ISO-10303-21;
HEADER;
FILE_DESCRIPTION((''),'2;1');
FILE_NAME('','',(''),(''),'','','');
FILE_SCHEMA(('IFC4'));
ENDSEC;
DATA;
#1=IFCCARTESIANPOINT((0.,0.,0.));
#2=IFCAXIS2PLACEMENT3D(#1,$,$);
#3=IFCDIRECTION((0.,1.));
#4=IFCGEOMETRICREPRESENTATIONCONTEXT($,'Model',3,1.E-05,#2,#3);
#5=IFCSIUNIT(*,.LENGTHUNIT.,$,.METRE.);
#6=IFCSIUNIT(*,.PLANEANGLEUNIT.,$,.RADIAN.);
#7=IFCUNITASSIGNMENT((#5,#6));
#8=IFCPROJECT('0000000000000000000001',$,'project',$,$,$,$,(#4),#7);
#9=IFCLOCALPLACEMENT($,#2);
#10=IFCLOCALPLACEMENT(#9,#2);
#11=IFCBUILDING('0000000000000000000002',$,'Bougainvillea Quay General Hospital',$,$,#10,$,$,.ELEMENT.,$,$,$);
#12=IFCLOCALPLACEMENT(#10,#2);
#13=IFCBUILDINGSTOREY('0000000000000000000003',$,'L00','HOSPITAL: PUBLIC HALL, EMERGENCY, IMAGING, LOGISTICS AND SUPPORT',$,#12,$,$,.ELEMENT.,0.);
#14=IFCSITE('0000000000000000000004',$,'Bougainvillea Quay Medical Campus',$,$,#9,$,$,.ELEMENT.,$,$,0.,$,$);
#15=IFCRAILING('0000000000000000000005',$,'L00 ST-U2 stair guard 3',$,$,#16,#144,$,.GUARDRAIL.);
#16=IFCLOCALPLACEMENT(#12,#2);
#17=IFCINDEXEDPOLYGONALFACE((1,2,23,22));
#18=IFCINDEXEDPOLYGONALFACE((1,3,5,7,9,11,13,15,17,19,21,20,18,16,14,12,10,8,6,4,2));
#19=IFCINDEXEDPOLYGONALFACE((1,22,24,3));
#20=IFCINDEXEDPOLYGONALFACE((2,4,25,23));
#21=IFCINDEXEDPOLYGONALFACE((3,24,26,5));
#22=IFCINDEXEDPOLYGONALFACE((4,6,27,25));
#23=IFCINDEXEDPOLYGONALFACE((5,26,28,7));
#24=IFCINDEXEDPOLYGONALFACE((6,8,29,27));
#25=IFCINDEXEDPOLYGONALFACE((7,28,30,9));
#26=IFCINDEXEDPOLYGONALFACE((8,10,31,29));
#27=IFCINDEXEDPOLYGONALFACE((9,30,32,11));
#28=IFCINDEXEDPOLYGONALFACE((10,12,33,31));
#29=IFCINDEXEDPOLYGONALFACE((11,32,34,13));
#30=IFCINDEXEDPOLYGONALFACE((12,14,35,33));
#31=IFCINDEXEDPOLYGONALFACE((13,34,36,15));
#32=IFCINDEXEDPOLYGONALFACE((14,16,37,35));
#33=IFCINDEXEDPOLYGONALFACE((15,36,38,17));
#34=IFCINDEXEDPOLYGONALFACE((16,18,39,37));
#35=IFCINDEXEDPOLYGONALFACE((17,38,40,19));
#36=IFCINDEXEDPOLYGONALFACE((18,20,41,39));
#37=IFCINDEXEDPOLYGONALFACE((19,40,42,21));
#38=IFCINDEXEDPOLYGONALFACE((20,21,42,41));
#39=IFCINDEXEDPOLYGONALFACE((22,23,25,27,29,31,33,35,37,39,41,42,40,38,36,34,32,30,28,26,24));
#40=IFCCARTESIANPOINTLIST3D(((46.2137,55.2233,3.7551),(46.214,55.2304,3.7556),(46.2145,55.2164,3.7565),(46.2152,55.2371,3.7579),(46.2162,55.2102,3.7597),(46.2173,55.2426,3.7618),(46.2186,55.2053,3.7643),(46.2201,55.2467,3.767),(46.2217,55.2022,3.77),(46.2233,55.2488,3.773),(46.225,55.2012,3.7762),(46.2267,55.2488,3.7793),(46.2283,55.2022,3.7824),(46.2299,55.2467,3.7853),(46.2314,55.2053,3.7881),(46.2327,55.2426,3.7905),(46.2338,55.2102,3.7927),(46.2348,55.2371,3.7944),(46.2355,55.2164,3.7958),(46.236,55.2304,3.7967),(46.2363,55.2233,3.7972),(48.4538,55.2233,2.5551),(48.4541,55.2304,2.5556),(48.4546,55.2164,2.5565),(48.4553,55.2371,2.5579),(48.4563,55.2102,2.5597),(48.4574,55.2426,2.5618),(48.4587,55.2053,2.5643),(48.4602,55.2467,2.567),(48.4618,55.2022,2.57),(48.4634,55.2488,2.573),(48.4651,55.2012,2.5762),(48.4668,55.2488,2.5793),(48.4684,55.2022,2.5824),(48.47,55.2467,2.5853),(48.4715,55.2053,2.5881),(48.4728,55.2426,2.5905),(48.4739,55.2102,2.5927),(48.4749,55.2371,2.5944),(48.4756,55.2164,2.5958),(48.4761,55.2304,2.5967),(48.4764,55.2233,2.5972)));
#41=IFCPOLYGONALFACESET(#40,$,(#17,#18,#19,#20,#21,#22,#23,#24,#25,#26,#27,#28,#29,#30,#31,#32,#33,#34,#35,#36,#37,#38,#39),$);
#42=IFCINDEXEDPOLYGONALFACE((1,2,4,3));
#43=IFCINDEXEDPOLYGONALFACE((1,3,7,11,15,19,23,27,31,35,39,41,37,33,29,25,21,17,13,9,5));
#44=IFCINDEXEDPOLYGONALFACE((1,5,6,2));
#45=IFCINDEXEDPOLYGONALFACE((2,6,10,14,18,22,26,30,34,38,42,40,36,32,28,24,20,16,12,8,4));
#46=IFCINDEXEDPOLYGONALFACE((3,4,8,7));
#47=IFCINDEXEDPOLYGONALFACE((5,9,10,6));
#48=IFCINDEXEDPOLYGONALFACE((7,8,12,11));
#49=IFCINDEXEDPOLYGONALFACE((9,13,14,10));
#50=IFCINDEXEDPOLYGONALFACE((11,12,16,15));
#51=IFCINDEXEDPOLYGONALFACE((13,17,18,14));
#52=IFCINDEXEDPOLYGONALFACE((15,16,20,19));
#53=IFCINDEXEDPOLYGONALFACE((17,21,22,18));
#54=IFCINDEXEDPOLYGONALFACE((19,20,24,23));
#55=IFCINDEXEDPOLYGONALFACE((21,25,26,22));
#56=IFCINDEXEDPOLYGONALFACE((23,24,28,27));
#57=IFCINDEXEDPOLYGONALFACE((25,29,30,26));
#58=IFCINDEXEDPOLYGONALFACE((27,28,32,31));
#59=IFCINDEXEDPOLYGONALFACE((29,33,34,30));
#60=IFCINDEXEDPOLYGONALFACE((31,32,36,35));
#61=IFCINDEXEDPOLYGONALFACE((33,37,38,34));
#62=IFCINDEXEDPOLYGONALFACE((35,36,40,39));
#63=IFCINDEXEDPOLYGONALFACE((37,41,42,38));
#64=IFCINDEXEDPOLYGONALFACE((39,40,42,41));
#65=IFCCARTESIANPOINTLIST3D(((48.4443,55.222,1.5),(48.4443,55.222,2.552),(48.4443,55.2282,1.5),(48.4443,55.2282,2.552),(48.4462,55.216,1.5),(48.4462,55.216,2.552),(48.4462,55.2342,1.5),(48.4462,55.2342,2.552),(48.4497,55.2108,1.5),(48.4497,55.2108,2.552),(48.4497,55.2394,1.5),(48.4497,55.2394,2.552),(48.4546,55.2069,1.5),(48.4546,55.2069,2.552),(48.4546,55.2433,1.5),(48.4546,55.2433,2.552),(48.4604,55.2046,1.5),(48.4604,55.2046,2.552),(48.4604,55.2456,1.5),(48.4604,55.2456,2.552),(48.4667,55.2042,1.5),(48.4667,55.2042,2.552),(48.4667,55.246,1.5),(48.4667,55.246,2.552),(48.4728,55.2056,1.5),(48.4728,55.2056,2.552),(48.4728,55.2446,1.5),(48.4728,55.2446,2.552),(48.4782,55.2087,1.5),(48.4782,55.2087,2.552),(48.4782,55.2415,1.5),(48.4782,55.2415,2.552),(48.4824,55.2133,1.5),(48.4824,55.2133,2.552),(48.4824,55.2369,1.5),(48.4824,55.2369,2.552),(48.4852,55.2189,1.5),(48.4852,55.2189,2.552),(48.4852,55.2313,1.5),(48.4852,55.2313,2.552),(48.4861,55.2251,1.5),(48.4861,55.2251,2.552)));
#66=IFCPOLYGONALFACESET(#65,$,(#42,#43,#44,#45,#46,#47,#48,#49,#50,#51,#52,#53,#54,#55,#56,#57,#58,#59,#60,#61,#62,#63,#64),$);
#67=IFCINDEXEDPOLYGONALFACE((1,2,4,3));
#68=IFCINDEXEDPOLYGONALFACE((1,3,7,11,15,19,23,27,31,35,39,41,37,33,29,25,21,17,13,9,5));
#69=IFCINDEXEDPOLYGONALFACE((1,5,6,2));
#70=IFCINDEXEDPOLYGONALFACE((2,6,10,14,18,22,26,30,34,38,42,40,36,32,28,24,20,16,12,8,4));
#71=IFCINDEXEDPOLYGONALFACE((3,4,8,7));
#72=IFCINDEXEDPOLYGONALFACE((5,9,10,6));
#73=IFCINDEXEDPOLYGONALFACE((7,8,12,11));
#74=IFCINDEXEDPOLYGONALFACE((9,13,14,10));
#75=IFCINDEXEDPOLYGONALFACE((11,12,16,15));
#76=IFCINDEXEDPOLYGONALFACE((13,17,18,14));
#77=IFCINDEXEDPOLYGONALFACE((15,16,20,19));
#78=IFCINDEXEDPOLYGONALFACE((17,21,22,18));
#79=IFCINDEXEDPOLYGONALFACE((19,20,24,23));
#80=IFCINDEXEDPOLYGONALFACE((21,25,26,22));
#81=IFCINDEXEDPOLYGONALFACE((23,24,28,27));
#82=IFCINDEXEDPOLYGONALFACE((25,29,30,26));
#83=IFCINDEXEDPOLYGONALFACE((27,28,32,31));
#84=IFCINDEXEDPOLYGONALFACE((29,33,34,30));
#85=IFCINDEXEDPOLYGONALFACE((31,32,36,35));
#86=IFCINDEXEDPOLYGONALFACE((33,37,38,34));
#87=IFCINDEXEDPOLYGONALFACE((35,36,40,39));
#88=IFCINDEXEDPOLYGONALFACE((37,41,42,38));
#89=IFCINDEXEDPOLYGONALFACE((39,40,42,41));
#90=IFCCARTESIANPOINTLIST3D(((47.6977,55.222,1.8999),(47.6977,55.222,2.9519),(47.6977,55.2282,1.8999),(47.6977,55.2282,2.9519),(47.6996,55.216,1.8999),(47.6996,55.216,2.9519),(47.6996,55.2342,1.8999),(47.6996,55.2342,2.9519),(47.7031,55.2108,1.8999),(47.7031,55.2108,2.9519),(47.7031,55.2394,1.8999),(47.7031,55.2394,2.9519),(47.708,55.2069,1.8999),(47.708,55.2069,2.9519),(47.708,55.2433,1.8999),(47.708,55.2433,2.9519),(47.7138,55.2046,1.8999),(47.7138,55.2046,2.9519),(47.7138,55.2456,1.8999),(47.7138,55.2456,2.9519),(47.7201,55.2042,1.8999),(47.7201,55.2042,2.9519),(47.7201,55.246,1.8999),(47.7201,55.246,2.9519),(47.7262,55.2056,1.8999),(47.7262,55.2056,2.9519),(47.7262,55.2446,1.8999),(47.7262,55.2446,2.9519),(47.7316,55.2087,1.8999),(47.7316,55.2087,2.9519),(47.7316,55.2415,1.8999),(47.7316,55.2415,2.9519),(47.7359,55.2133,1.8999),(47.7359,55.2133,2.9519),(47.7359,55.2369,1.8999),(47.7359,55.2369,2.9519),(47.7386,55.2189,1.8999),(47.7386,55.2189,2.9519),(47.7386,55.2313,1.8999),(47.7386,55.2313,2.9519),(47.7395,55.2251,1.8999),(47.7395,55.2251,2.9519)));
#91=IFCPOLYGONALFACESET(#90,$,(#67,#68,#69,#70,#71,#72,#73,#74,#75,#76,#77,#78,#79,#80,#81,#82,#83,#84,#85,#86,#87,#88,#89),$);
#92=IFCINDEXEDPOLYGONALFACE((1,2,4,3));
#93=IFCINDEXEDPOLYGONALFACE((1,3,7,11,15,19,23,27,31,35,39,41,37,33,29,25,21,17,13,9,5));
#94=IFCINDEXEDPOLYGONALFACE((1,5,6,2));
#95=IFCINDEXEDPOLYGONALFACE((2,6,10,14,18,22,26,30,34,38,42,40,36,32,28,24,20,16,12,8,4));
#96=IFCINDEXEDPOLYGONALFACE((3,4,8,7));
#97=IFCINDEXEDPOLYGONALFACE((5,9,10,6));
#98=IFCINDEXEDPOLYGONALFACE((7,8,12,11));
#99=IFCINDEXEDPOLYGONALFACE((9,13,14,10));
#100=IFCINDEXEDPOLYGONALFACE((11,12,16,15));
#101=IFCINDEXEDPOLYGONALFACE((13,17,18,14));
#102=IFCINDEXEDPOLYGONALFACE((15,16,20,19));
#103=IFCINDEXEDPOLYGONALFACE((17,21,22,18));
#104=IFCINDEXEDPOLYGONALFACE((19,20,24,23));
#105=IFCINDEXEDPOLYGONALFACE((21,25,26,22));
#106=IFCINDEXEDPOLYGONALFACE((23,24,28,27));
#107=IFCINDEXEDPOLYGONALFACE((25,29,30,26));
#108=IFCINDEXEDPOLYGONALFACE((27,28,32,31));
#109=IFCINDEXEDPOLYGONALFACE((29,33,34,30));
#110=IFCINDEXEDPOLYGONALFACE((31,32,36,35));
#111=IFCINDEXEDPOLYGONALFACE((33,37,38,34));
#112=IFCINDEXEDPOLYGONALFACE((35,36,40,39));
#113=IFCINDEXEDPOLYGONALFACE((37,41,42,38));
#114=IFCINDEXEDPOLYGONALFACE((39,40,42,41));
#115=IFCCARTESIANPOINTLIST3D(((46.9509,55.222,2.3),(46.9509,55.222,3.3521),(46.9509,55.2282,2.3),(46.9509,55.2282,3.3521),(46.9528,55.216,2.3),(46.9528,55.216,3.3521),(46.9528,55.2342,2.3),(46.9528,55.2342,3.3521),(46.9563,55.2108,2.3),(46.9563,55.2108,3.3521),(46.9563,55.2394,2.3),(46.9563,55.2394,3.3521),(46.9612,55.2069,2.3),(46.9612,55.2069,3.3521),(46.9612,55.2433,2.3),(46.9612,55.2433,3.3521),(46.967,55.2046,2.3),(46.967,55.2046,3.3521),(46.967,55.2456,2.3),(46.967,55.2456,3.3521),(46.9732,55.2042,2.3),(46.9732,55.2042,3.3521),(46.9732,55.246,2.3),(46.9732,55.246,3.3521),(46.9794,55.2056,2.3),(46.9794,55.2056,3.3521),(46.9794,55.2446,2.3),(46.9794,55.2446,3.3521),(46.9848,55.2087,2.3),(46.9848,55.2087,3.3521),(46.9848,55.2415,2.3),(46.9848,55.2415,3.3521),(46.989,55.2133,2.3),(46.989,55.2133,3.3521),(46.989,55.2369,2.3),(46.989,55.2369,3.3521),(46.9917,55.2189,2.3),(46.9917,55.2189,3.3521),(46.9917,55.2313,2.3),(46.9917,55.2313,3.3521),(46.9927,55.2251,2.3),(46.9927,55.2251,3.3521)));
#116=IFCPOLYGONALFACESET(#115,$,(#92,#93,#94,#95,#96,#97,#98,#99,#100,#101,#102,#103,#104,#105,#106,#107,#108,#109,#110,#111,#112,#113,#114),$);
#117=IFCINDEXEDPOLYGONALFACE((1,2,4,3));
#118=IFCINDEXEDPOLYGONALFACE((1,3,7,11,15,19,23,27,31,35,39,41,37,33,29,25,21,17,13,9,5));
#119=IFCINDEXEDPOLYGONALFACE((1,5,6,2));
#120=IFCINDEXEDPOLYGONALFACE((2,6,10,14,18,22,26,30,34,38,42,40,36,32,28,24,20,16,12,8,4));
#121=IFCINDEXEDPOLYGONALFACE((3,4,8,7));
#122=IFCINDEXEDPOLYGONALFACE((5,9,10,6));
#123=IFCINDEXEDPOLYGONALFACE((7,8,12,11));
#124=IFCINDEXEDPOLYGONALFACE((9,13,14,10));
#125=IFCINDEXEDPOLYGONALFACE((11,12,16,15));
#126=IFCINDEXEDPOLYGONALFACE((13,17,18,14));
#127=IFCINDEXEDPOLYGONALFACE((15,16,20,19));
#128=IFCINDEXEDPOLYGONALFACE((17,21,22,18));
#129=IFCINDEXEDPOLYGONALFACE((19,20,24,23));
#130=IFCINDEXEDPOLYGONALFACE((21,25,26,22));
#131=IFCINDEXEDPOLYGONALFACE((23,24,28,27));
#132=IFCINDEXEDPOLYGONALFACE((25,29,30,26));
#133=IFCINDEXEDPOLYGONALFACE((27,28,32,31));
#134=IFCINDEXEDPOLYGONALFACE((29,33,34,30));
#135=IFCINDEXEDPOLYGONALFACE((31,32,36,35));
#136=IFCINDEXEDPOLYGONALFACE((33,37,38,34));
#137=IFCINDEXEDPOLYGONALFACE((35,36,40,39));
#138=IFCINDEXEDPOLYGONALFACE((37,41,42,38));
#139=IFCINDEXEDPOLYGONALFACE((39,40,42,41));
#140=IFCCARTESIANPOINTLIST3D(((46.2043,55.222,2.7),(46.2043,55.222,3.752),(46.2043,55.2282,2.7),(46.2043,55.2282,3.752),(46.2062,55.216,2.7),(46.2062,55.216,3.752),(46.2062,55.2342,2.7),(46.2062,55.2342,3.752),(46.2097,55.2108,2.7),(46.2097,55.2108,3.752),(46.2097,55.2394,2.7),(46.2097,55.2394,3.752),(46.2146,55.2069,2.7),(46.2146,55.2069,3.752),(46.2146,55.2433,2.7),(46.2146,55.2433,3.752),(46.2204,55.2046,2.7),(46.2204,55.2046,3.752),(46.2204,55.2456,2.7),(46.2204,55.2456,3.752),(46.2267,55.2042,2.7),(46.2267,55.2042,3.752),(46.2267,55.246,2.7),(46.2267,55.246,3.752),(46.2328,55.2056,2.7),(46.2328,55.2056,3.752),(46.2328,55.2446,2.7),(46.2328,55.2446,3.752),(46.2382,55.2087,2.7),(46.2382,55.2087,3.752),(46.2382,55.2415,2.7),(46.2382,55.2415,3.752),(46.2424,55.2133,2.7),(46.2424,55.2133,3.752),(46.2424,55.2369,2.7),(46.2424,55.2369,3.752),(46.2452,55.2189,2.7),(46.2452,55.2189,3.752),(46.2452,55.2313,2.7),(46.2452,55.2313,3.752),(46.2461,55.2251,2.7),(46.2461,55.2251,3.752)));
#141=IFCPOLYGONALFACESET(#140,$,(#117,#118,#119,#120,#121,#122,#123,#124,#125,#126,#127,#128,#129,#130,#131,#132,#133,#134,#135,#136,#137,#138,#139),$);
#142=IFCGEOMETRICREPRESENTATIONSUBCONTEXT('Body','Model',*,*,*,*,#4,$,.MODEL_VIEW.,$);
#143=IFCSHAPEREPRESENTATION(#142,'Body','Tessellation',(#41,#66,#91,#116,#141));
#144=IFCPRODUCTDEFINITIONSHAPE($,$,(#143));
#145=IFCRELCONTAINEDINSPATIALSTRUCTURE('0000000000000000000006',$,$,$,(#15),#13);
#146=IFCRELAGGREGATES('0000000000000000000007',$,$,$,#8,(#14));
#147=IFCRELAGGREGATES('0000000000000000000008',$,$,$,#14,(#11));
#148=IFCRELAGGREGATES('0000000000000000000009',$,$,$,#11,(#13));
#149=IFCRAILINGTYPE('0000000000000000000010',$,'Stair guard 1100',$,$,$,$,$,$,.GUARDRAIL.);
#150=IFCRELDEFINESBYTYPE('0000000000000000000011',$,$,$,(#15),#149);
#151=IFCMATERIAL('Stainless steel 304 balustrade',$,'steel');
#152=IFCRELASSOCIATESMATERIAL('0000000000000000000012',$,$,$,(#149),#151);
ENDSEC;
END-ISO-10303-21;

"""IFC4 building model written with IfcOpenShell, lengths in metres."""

from ifc_helpers import new_model, si_unit, direction, frame, origin, origin_2d, place, context, subcontext, project, spatial, circle, extrude, material, type_object, element, save


model = new_model("IFC4")

# Units and contexts
model_context = context("Model", 3, precision=1e-05, world=origin(), true_north=direction((0.0, 1.0)))
body_context = subcontext(model_context, "Body", "Model", "MODEL_VIEW")
ifc_project = project(units=[si_unit("LENGTHUNIT", "METRE"), si_unit("PLANEANGLEUNIT", "RADIAN")], contexts=[model_context])

# Site, building, storey
site_placement = place(None, origin())
site = spatial("IfcSite", under=ifc_project, at=site_placement, Name="Bougainvillea Quay Medical Campus", CompositionType="ELEMENT", RefElevation=0.0)
building_placement = place(site_placement, origin())
building = spatial("IfcBuilding", under=site, at=building_placement, Name="Bougainvillea Quay General Hospital", CompositionType="ELEMENT")
storey_placement = place(building_placement, origin())
storey = spatial("IfcBuildingStorey", under=building, at=storey_placement, Name="L00", Description="HOSPITAL: PUBLIC HALL, EMERGENCY, IMAGING, LOGISTICS AND SUPPORT", CompositionType="ELEMENT", Elevation=0.0)

# Railing
ifc_material_1 = material(Name="Stainless steel 304 balustrade", Category="steel")
railing_type = type_object("IfcRailingType", Name="Stair guard 1100", PredefinedType="GUARDRAIL", material=ifc_material_1)
railing_1_placement = place(storey_placement, frame((48.4651, 55.2251, 1.5)))
element("IfcRailing", 1, at=railing_1_placement, inside=storey, type_object=railing_type, Name="L00 ST-U2 stair guard 3", PredefinedType="GUARDRAIL", context=body_context, shape_type="SweptSolid", body=[
    extrude(circle(Radius=0.0239, at=origin_2d()), frame((0.0, 0.0, 1.0762), z_axis=(-0.881487, 0.0, 0.472208), x_axis=(0.0, -1.0, 0.0)), (0.0, 0.0, 1.0), 2.5413),
    extrude(circle(Radius=0.021, at=origin_2d()), origin(), (0.0, 0.0, 1.0), 1.052),
    extrude(circle(Radius=0.021, at=origin_2d()), frame((-0.7466, 0.0, 0.3999)), (0.0, 0.0, 1.0), 1.052),
    extrude(circle(Radius=0.021, at=origin_2d()), frame((-1.4934, 0.0, 0.8)), (0.0, 0.0, 1.0), 1.052),
    extrude(circle(Radius=0.021, at=origin_2d()), frame((-2.24, 0.0, 1.2)), (0.0, 0.0, 1.0), 1.052),
])

save(model, "model.ifc")
